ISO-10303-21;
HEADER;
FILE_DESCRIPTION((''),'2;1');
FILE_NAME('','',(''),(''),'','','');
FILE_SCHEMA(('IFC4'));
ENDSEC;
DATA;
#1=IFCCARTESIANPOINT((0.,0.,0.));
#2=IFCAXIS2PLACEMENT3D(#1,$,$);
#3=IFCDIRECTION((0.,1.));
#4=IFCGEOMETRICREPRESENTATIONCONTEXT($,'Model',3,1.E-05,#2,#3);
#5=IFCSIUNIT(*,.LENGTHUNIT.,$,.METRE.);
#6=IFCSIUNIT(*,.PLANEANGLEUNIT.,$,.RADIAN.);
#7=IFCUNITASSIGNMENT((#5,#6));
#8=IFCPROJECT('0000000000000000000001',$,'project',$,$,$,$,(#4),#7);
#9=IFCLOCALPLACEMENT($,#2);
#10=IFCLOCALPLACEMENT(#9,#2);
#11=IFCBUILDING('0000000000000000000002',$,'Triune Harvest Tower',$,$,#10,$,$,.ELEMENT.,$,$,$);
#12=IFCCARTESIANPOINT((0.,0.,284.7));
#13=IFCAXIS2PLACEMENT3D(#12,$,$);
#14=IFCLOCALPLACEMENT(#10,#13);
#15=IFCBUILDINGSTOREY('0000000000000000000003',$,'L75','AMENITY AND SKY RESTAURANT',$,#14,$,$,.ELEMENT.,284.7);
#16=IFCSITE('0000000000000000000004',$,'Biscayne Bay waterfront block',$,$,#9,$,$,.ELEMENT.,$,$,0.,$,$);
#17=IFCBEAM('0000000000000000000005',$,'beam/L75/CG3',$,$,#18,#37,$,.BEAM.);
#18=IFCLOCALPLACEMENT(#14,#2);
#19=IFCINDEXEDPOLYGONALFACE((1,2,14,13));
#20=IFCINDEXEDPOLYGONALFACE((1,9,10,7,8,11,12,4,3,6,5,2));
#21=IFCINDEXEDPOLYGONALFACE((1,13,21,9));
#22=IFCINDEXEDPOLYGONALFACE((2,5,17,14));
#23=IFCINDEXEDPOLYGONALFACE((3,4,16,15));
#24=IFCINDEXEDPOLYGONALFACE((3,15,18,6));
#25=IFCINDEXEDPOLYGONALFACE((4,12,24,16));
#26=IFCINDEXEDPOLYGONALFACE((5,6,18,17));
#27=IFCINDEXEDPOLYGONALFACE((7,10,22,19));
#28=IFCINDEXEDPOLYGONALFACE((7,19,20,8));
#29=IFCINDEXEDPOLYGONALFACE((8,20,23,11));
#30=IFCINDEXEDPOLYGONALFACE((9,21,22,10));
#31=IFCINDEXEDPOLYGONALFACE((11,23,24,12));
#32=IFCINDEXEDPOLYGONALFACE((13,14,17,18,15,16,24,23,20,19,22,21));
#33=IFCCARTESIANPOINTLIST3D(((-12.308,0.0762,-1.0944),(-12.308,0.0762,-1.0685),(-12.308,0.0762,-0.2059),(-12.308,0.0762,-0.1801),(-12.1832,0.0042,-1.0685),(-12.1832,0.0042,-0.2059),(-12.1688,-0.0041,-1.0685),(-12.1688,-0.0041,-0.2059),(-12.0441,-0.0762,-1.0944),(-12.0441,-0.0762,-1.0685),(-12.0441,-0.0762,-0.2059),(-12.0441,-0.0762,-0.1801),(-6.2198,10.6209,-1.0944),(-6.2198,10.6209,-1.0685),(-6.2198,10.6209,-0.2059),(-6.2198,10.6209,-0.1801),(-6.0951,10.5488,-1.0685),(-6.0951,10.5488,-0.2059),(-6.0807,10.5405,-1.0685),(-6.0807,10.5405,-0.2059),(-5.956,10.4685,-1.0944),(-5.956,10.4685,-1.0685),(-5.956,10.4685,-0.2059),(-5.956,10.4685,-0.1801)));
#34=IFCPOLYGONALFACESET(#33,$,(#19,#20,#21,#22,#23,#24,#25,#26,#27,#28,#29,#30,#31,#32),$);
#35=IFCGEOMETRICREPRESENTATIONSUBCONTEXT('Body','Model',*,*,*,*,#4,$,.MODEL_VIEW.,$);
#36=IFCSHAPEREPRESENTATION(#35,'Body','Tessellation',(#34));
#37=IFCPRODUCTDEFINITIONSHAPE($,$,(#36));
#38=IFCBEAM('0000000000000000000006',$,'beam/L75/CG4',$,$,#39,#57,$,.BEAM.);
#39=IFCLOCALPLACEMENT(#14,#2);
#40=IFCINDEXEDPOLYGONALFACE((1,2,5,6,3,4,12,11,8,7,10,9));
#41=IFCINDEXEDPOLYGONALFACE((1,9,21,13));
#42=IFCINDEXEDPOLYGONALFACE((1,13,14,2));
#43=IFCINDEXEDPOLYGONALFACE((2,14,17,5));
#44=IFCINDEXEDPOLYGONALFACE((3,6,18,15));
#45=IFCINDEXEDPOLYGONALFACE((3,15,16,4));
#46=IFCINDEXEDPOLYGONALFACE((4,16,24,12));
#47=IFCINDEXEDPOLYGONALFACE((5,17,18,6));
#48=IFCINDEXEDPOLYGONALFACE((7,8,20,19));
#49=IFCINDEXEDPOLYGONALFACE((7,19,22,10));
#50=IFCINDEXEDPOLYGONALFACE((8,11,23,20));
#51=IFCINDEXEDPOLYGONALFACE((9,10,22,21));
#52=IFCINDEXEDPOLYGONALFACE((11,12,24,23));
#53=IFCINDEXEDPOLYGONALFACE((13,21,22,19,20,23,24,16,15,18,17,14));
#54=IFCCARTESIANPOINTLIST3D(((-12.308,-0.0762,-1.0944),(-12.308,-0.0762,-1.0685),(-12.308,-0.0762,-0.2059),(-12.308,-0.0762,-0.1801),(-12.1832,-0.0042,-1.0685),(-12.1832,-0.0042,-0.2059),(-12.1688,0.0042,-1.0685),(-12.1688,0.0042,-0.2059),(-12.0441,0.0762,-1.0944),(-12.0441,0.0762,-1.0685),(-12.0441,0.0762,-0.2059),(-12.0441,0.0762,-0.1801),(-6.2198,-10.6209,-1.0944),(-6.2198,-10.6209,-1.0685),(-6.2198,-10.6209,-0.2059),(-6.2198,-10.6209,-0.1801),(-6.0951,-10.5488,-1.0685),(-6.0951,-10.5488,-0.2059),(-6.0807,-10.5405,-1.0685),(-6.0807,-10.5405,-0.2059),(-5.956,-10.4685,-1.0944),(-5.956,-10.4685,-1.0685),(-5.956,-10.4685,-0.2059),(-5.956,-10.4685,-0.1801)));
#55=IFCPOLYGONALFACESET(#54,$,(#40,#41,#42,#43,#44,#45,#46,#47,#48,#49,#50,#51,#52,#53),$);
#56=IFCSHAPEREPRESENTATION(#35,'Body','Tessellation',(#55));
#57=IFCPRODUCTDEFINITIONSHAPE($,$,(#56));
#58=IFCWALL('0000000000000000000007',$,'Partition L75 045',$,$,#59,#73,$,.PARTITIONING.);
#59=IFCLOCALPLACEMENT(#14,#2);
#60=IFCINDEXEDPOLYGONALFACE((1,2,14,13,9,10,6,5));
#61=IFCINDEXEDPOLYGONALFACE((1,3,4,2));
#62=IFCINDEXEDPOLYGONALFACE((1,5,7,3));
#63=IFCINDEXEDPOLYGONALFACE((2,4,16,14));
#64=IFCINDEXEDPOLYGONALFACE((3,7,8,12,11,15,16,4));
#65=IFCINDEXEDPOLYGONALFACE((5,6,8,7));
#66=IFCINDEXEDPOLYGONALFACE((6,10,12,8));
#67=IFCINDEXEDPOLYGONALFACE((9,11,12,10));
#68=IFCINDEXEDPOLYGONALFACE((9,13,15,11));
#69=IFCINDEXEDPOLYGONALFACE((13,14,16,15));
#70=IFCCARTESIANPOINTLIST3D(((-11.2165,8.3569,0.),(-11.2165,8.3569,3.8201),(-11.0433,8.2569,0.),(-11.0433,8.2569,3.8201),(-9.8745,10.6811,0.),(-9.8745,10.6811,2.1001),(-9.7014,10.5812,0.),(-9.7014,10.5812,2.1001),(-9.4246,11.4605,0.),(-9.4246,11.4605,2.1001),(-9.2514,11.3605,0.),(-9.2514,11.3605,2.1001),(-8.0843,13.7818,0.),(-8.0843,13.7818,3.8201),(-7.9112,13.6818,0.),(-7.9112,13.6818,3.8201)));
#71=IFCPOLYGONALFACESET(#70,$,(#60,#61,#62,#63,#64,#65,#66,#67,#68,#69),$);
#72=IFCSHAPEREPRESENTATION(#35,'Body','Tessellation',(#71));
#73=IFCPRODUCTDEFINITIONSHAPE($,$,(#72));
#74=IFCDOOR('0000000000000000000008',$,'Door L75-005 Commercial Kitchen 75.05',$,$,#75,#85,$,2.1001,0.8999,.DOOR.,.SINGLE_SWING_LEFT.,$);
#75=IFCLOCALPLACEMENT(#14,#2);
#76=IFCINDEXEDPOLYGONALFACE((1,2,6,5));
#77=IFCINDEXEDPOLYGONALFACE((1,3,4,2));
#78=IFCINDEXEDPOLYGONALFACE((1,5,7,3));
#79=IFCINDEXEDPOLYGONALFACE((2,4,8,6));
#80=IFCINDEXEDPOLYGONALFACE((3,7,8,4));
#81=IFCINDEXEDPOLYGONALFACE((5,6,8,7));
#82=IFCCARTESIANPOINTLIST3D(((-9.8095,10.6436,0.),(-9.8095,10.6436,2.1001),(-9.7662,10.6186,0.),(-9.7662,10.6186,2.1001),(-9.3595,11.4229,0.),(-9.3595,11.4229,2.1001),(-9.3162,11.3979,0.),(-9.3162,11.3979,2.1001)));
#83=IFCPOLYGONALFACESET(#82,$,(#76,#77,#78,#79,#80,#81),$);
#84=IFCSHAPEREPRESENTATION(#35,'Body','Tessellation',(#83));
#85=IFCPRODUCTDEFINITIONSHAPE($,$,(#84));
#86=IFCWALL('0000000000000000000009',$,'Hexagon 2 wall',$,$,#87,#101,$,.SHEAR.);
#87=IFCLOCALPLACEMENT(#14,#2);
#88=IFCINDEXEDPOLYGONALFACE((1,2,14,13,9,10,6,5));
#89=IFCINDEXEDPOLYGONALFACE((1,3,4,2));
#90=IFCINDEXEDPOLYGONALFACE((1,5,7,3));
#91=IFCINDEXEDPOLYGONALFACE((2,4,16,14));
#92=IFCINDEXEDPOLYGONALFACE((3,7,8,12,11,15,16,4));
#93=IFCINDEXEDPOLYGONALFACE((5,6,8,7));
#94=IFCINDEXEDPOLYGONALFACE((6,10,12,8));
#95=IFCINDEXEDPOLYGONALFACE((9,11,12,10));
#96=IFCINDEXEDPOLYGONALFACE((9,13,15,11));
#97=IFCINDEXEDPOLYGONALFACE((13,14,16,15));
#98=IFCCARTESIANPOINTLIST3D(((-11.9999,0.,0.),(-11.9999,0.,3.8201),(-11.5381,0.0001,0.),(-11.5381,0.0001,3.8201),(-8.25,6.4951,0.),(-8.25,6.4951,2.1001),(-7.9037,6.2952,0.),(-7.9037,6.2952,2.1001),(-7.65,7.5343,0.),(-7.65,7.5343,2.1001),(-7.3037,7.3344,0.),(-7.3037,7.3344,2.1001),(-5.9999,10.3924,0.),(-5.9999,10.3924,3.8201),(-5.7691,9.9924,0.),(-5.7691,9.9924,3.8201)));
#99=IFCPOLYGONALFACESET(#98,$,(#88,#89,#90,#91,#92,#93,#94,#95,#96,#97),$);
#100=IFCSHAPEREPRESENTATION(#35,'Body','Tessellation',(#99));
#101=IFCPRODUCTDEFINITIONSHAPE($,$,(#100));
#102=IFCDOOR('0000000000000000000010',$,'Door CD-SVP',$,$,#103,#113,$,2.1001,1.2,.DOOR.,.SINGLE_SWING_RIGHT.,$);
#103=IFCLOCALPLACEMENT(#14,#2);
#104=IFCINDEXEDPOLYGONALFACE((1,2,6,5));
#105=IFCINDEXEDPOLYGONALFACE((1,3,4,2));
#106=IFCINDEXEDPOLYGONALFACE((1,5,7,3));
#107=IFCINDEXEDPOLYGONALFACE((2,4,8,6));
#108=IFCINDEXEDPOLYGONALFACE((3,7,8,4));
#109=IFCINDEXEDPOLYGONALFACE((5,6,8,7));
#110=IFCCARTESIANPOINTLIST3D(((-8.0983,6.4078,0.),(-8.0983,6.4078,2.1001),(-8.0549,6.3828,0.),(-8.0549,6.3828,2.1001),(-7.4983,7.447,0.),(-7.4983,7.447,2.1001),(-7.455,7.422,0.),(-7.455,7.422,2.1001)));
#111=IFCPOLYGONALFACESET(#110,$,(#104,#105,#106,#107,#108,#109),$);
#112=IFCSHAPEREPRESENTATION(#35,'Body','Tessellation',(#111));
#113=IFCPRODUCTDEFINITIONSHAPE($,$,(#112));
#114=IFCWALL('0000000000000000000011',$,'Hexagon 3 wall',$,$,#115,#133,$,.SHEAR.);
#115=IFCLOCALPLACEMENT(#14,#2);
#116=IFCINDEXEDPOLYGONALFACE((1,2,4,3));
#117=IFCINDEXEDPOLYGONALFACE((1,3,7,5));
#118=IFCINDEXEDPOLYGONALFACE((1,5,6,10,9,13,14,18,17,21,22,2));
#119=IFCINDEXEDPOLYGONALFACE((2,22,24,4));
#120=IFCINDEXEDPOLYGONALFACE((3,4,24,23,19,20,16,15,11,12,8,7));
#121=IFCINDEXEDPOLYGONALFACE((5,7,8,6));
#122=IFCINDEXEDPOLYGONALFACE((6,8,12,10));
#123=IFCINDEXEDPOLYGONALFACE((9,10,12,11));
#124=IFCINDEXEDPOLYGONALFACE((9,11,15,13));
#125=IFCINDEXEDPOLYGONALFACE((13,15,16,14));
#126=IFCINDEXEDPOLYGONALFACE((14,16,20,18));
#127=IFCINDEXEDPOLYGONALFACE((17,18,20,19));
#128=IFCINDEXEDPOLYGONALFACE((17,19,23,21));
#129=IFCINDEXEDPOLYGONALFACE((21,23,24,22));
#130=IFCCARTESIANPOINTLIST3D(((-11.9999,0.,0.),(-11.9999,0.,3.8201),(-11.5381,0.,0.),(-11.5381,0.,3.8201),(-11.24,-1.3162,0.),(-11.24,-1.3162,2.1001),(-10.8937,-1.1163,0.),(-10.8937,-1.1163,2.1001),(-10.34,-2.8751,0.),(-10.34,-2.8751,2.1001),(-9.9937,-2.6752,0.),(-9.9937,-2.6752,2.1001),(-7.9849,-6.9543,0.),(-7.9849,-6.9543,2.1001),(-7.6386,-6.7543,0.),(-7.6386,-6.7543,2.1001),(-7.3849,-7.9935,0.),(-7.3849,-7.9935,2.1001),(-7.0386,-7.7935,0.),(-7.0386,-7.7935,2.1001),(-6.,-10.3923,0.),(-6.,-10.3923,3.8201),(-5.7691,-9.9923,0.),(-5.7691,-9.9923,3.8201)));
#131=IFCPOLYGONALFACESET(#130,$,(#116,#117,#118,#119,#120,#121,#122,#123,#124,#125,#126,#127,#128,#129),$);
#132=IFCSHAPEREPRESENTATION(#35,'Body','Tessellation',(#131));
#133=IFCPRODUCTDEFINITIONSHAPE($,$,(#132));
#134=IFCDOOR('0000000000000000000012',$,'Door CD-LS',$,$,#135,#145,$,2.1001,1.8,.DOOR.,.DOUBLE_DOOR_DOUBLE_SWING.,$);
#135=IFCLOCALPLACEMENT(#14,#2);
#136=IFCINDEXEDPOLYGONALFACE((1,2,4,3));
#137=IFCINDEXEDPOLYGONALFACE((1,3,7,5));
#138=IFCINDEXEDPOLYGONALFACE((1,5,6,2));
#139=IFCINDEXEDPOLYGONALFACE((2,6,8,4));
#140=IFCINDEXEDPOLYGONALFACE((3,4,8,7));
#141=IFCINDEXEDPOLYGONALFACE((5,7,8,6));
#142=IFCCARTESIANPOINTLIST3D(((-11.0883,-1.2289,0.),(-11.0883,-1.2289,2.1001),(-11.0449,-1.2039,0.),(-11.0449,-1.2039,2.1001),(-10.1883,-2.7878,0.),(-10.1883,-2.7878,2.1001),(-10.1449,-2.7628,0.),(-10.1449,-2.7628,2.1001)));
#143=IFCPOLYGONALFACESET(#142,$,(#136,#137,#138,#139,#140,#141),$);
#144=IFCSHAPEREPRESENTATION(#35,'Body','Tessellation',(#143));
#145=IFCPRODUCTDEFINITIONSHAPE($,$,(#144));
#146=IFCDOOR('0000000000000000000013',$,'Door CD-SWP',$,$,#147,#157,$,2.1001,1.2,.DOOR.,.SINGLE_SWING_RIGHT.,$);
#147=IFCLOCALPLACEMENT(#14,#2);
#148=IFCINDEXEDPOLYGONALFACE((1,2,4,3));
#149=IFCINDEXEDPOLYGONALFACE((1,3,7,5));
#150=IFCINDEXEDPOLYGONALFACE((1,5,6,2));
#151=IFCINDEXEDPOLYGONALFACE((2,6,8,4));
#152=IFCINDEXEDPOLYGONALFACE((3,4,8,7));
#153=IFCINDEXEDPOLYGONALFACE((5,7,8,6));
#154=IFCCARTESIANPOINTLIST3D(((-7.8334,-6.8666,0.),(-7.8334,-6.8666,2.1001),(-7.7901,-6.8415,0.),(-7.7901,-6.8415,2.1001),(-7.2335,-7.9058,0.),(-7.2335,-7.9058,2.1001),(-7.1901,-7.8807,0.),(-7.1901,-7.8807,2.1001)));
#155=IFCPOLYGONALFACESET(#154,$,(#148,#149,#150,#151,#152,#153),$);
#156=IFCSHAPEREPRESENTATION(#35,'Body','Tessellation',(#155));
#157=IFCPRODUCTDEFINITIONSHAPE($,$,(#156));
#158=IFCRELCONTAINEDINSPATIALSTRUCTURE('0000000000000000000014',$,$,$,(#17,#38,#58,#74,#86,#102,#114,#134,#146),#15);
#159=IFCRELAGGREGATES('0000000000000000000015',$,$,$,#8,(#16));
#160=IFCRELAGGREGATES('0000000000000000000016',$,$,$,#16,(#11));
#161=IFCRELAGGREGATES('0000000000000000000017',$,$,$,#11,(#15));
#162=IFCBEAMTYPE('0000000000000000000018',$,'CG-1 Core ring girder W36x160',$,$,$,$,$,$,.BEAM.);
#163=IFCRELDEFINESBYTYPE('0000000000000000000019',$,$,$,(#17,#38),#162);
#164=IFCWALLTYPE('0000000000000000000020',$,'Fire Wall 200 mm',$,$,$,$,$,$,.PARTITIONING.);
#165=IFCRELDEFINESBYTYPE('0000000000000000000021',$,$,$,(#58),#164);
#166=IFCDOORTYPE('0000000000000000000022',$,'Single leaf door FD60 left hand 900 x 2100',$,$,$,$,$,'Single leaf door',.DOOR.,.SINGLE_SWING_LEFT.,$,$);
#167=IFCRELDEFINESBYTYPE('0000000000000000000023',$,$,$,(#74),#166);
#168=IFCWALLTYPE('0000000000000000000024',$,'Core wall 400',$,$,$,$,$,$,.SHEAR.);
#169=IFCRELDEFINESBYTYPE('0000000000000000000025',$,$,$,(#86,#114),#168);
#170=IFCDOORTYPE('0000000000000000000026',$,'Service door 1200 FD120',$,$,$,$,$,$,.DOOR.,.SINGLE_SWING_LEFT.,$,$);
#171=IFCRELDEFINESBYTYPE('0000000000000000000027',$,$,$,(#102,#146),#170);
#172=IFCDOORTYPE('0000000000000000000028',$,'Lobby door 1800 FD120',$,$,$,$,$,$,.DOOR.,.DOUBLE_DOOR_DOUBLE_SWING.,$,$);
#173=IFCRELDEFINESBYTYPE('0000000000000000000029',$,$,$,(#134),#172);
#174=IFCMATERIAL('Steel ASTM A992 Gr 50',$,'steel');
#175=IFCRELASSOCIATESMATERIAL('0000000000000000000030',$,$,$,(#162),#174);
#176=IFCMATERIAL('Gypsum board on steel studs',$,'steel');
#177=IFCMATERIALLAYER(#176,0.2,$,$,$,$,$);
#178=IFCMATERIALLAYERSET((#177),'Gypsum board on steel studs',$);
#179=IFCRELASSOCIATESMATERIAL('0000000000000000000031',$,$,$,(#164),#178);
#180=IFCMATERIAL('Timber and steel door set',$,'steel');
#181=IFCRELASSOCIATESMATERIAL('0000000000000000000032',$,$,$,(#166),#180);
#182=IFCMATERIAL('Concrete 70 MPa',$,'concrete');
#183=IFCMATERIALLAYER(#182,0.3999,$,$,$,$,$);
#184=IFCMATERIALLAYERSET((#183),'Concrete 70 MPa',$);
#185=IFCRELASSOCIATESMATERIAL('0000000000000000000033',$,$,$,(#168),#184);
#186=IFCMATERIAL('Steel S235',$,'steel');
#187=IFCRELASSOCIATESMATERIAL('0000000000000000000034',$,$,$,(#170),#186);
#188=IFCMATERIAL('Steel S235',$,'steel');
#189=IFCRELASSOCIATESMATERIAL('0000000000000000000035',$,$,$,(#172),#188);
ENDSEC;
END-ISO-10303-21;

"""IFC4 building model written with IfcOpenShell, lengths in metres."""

from ifc_helpers import new_model, si_unit, direction, frame, frame_2d, origin, origin_2d, place, context, subcontext, project, spatial, polyline, rectangle, i_section, outline, extrude, source, transform, mapped, material, layer, layer_set, material_profile, profile_set, type_object, element, fill, save


model = new_model("IFC4")

# Units and contexts
model_context = context("Model", 3, precision=1e-05, world=origin(), true_north=direction((0.0, 1.0)))
body_context = subcontext(model_context, "Body", "Model", "MODEL_VIEW")
ifc_project = project(units=[si_unit("LENGTHUNIT", "METRE"), si_unit("PLANEANGLEUNIT", "RADIAN")], contexts=[model_context])

# Site, building, storey
site_placement = place(None, origin())
site = spatial("IfcSite", under=ifc_project, at=site_placement, Name="Biscayne Bay waterfront block", CompositionType="ELEMENT", RefElevation=0.0)
building_placement = place(site_placement, origin())
building = spatial("IfcBuilding", under=site, at=building_placement, Name="Triune Harvest Tower", CompositionType="ELEMENT")
storey_placement = place(building_placement, frame((0.0, 0.0, 284.7)))
storey = spatial("IfcBuildingStorey", under=building, at=storey_placement, Name="L75", Description="AMENITY AND SKY RESTAURANT", CompositionType="ELEMENT", Elevation=284.7)

# Beams
ifc_material_1 = material(Name="Steel ASTM A992 Gr 50", Category="steel")
ifc_material_profile = material_profile(ifc_material_1, i_section(OverallWidth=0.3047, OverallDepth=0.9143, WebThickness=0.0166, FlangeThickness=0.0259, at=origin_2d()), Name="W36x160")
ifc_profile_set = profile_set([ifc_material_profile], Name="Steel ASTM A992 Gr 50")
beam_type = type_object("IfcBeamType", Name="CG-1 Core ring girder W36x160", PredefinedType="BEAM", material=ifc_profile_set)
shared_shape_1 = source(origin(), body_context, "Body", "SweptSolid", [
    extrude(i_section(OverallWidth=0.3047, OverallDepth=0.9143, WebThickness=0.0166, FlangeThickness=0.0259, at=origin_2d()), origin(), (0.0, 0.0, 1.0), 12.176),
])
for number, where, z_axis, x_axis, name in (
    (1, (-6.0879, 10.5447, -0.6372), (-0.50001, -0.86602, 0.0), (0.86602, -0.50001, 0.0), "beam/L75/CG3"),
    (2, (-12.176, 0.0, -0.6372), (0.50001, -0.86602, 0.0), (0.86602, 0.50001, 0.0), "beam/L75/CG4"),
):
    element("IfcBeam", number, at=place(storey_placement, frame(where, z_axis=z_axis, x_axis=x_axis)), inside=storey, type_object=beam_type, Name=name, PredefinedType="BEAM", context=body_context, shape_type="MappedRepresentation", body=[
        mapped(shared_shape_1, transform((0.0, 0.0, 0.0), scale=1.0)),
    ])

# Walls, openings, doors
ifc_material_2 = material(Name="Gypsum board on steel studs", Category="steel")
ifc_layer_1 = layer(ifc_material_2, 0.2)
ifc_layer_set_1 = layer_set([ifc_layer_1], Name="Gypsum board on steel studs")
wall_type_1 = type_object("IfcWallType", Name="Fire Wall 200 mm", PredefinedType="PARTITIONING", material=ifc_layer_set_1)
wall_1_placement = place(storey_placement, frame((-11.1299, 8.3069, 0.0), z_axis=(0.0, 0.0, 1.0), x_axis=(0.500008, 0.866021, 0.0)))
wall_1 = element("IfcWall", 3, at=wall_1_placement, inside=storey, type_object=wall_type_1, Name="Partition L75 045", PredefinedType="PARTITIONING", context=body_context, shape_type="SweptSolid", body=[
    extrude(rectangle(XDim=6.2642, YDim=0.2, at=frame_2d((3.1321, 0.0))), origin(), (0.0, 0.0, 1.0), 3.8201),
])
opening_1_placement = place(wall_1_placement, frame((2.6838, 0.0, 0.0)))
opening_1 = element("IfcOpeningElement", 4, at=opening_1_placement, cuts=wall_1, PredefinedType="OPENING", context=body_context, shape_type="SweptSolid", body=[
    extrude(rectangle(XDim=0.8999, YDim=2.1001, at=frame_2d((0.45, 1.05))), frame((0.0, 0.1099, 0.0), z_axis=(0.0, -1.0, 0.0), x_axis=(1.0, 0.0, 0.0)), (0.0, 0.0, 1.0), 0.22),
])
ifc_material_3 = material(Name="Timber and steel door set", Category="steel")
door_type_1 = type_object("IfcDoorType", Name="Single leaf door FD60 left hand 900 x 2100", ElementType="Single leaf door", OperationType="SINGLE_SWING_LEFT", PredefinedType="DOOR", material=ifc_material_3)
door_1_placement = place(opening_1_placement, origin())
door_1 = element("IfcDoor", 5, at=door_1_placement, inside=storey, type_object=door_type_1, Name="Door L75-005 Commercial Kitchen 75.05", OperationType="SINGLE_SWING_LEFT", OverallHeight=2.1001, OverallWidth=0.8999, PredefinedType="DOOR", context=body_context, shape_type="SweptSolid", body=[
    extrude(rectangle(XDim=0.8999, YDim=2.1001, at=frame_2d((0.45, 1.05))), frame((0.0, 0.0249, 0.0), z_axis=(0.0, -1.0, 0.0), x_axis=(1.0, 0.0, 0.0)), (0.0, 0.0, 1.0), 0.05),
])
fill(opening_1, door_1)
ifc_material_4 = material(Name="Concrete 70 MPa", Category="concrete")
ifc_layer_2 = layer(ifc_material_4, 0.3999)
ifc_layer_set_2 = layer_set([ifc_layer_2], Name="Concrete 70 MPa")
wall_type_2 = type_object("IfcWallType", Name="Core wall 400", PredefinedType="SHEAR", material=ifc_layer_set_2)
shared_shape_2 = source(origin(), body_context, "Body", "SweptSolid", [
    extrude(outline(polyline([(-0.1155, -0.2), (11.8845, -0.2), (11.6536, 0.2), (0.1155, 0.2), (-0.1155, -0.2)])), origin(), (0.0, 0.0, 1.0), 3.8201),
])
wall_2_placement = place(storey_placement, frame((-5.8845, 10.1924, 0.0), z_axis=(0.0, 0.0, 1.0), x_axis=(-0.499997, -0.866027, 0.0)))
wall_2 = element("IfcWall", 6, at=wall_2_placement, inside=storey, type_object=wall_type_2, Name="Hexagon 2 wall", PredefinedType="SHEAR", context=body_context, shape_type="MappedRepresentation", body=[
    mapped(shared_shape_2, transform((0.0, 0.0, 0.0), scale=1.0)),
])
opening_2_placement = place(wall_2_placement, frame((3.1846, 0.0, 0.0)))
opening_2 = element("IfcOpeningElement", 7, at=opening_2_placement, cuts=wall_2, PredefinedType="OPENING", context=body_context, shape_type="SweptSolid", body=[
    extrude(rectangle(XDim=1.2, YDim=2.1001, at=frame_2d((0.6001, 1.05))), frame((0.0, 0.21, 0.0), z_axis=(0.0, -1.0, 0.0), x_axis=(1.0, 0.0, 0.0)), (0.0, 0.0, 1.0), 0.4199),
])
ifc_material_5 = material(Name="Steel S235", Category="steel")
door_type_2 = type_object("IfcDoorType", Name="Service door 1200 FD120", OperationType="SINGLE_SWING_LEFT", PredefinedType="DOOR", material=ifc_material_5)
door_2_placement = place(opening_2_placement, frame((1.2, 0.0, 0.0), z_axis=(0.0, 0.0, 1.0), x_axis=(-1.0, 0.0, 0.0)))
door_2 = element("IfcDoor", 8, at=door_2_placement, inside=storey, type_object=door_type_2, Name="Door CD-SVP", OperationType="SINGLE_SWING_RIGHT", OverallHeight=2.1001, OverallWidth=1.2, PredefinedType="DOOR", context=body_context, shape_type="SweptSolid", body=[
    extrude(rectangle(XDim=1.2, YDim=2.1001, at=frame_2d((0.6001, 1.05))), frame((0.0, 0.0249, 0.0), z_axis=(0.0, -1.0, 0.0), x_axis=(1.0, 0.0, 0.0)), (0.0, 0.0, 1.0), 0.05),
])
fill(opening_2, door_2)

# Wall, openings, doors
wall_3_placement = place(storey_placement, frame((-11.769, 0.0, 0.0), z_axis=(0.0, 0.0, 1.0), x_axis=(0.499997, -0.866027, 0.0)))
wall_3 = element("IfcWall", 9, at=wall_3_placement, inside=storey, type_object=wall_type_2, Name="Hexagon 3 wall", PredefinedType="SHEAR", context=body_context, shape_type="MappedRepresentation", body=[
    mapped(shared_shape_2, transform((0.0, 0.0, 0.0), scale=1.0)),
])
opening_3_placement = place(wall_3_placement, frame((1.4045, 0.0, 0.0)))
opening_3 = element("IfcOpeningElement", 10, at=opening_3_placement, cuts=wall_3, PredefinedType="OPENING", context=body_context, shape_type="SweptSolid", body=[
    extrude(rectangle(XDim=1.8, YDim=2.1001, at=frame_2d((0.8999, 1.05))), frame((0.0, 0.21, 0.0), z_axis=(0.0, -1.0, 0.0), x_axis=(1.0, 0.0, 0.0)), (0.0, 0.0, 1.0), 0.4199),
])
opening_4_placement = place(wall_3_placement, frame((7.9146, 0.0, 0.0)))
opening_4 = element("IfcOpeningElement", 11, at=opening_4_placement, cuts=wall_3, PredefinedType="OPENING", context=body_context, shape_type="SweptSolid", body=[
    extrude(rectangle(XDim=1.2, YDim=2.1001, at=frame_2d((0.6001, 1.05))), frame((0.0, 0.21, 0.0), z_axis=(0.0, -1.0, 0.0), x_axis=(1.0, 0.0, 0.0)), (0.0, 0.0, 1.0), 0.4199),
])
ifc_material_6 = material(Name="Steel S235", Category="steel")
door_type_3 = type_object("IfcDoorType", Name="Lobby door 1800 FD120", OperationType="DOUBLE_DOOR_DOUBLE_SWING", PredefinedType="DOOR", material=ifc_material_6)
door_3_placement = place(opening_3_placement, frame((1.8, 0.0, 0.0), z_axis=(0.0, 0.0, 1.0), x_axis=(-1.0, 0.0, 0.0)))
door_3 = element("IfcDoor", 12, at=door_3_placement, inside=storey, type_object=door_type_3, Name="Door CD-LS", OperationType="DOUBLE_DOOR_DOUBLE_SWING", OverallHeight=2.1001, OverallWidth=1.8, PredefinedType="DOOR", context=body_context, shape_type="SweptSolid", body=[
    extrude(rectangle(XDim=1.8, YDim=2.1001, at=frame_2d((0.8999, 1.05))), frame((0.0, 0.0249, 0.0), z_axis=(0.0, -1.0, 0.0), x_axis=(1.0, 0.0, 0.0)), (0.0, 0.0, 1.0), 0.05),
])
fill(opening_3, door_3)
door_4_placement = place(opening_4_placement, frame((1.2, 0.0, 0.0), z_axis=(0.0, 0.0, 1.0), x_axis=(-1.0, 0.0, 0.0)))
door_4 = element("IfcDoor", 13, at=door_4_placement, inside=storey, type_object=door_type_2, Name="Door CD-SWP", OperationType="SINGLE_SWING_RIGHT", OverallHeight=2.1001, OverallWidth=1.2, PredefinedType="DOOR", context=body_context, shape_type="SweptSolid", body=[
    extrude(rectangle(XDim=1.2, YDim=2.1001, at=frame_2d((0.6001, 1.05))), frame((0.0, 0.0249, 0.0), z_axis=(0.0, -1.0, 0.0), x_axis=(1.0, 0.0, 0.0)), (0.0, 0.0, 1.0), 0.05),
])
fill(opening_4, door_4)

save(model, "model.ifc")
